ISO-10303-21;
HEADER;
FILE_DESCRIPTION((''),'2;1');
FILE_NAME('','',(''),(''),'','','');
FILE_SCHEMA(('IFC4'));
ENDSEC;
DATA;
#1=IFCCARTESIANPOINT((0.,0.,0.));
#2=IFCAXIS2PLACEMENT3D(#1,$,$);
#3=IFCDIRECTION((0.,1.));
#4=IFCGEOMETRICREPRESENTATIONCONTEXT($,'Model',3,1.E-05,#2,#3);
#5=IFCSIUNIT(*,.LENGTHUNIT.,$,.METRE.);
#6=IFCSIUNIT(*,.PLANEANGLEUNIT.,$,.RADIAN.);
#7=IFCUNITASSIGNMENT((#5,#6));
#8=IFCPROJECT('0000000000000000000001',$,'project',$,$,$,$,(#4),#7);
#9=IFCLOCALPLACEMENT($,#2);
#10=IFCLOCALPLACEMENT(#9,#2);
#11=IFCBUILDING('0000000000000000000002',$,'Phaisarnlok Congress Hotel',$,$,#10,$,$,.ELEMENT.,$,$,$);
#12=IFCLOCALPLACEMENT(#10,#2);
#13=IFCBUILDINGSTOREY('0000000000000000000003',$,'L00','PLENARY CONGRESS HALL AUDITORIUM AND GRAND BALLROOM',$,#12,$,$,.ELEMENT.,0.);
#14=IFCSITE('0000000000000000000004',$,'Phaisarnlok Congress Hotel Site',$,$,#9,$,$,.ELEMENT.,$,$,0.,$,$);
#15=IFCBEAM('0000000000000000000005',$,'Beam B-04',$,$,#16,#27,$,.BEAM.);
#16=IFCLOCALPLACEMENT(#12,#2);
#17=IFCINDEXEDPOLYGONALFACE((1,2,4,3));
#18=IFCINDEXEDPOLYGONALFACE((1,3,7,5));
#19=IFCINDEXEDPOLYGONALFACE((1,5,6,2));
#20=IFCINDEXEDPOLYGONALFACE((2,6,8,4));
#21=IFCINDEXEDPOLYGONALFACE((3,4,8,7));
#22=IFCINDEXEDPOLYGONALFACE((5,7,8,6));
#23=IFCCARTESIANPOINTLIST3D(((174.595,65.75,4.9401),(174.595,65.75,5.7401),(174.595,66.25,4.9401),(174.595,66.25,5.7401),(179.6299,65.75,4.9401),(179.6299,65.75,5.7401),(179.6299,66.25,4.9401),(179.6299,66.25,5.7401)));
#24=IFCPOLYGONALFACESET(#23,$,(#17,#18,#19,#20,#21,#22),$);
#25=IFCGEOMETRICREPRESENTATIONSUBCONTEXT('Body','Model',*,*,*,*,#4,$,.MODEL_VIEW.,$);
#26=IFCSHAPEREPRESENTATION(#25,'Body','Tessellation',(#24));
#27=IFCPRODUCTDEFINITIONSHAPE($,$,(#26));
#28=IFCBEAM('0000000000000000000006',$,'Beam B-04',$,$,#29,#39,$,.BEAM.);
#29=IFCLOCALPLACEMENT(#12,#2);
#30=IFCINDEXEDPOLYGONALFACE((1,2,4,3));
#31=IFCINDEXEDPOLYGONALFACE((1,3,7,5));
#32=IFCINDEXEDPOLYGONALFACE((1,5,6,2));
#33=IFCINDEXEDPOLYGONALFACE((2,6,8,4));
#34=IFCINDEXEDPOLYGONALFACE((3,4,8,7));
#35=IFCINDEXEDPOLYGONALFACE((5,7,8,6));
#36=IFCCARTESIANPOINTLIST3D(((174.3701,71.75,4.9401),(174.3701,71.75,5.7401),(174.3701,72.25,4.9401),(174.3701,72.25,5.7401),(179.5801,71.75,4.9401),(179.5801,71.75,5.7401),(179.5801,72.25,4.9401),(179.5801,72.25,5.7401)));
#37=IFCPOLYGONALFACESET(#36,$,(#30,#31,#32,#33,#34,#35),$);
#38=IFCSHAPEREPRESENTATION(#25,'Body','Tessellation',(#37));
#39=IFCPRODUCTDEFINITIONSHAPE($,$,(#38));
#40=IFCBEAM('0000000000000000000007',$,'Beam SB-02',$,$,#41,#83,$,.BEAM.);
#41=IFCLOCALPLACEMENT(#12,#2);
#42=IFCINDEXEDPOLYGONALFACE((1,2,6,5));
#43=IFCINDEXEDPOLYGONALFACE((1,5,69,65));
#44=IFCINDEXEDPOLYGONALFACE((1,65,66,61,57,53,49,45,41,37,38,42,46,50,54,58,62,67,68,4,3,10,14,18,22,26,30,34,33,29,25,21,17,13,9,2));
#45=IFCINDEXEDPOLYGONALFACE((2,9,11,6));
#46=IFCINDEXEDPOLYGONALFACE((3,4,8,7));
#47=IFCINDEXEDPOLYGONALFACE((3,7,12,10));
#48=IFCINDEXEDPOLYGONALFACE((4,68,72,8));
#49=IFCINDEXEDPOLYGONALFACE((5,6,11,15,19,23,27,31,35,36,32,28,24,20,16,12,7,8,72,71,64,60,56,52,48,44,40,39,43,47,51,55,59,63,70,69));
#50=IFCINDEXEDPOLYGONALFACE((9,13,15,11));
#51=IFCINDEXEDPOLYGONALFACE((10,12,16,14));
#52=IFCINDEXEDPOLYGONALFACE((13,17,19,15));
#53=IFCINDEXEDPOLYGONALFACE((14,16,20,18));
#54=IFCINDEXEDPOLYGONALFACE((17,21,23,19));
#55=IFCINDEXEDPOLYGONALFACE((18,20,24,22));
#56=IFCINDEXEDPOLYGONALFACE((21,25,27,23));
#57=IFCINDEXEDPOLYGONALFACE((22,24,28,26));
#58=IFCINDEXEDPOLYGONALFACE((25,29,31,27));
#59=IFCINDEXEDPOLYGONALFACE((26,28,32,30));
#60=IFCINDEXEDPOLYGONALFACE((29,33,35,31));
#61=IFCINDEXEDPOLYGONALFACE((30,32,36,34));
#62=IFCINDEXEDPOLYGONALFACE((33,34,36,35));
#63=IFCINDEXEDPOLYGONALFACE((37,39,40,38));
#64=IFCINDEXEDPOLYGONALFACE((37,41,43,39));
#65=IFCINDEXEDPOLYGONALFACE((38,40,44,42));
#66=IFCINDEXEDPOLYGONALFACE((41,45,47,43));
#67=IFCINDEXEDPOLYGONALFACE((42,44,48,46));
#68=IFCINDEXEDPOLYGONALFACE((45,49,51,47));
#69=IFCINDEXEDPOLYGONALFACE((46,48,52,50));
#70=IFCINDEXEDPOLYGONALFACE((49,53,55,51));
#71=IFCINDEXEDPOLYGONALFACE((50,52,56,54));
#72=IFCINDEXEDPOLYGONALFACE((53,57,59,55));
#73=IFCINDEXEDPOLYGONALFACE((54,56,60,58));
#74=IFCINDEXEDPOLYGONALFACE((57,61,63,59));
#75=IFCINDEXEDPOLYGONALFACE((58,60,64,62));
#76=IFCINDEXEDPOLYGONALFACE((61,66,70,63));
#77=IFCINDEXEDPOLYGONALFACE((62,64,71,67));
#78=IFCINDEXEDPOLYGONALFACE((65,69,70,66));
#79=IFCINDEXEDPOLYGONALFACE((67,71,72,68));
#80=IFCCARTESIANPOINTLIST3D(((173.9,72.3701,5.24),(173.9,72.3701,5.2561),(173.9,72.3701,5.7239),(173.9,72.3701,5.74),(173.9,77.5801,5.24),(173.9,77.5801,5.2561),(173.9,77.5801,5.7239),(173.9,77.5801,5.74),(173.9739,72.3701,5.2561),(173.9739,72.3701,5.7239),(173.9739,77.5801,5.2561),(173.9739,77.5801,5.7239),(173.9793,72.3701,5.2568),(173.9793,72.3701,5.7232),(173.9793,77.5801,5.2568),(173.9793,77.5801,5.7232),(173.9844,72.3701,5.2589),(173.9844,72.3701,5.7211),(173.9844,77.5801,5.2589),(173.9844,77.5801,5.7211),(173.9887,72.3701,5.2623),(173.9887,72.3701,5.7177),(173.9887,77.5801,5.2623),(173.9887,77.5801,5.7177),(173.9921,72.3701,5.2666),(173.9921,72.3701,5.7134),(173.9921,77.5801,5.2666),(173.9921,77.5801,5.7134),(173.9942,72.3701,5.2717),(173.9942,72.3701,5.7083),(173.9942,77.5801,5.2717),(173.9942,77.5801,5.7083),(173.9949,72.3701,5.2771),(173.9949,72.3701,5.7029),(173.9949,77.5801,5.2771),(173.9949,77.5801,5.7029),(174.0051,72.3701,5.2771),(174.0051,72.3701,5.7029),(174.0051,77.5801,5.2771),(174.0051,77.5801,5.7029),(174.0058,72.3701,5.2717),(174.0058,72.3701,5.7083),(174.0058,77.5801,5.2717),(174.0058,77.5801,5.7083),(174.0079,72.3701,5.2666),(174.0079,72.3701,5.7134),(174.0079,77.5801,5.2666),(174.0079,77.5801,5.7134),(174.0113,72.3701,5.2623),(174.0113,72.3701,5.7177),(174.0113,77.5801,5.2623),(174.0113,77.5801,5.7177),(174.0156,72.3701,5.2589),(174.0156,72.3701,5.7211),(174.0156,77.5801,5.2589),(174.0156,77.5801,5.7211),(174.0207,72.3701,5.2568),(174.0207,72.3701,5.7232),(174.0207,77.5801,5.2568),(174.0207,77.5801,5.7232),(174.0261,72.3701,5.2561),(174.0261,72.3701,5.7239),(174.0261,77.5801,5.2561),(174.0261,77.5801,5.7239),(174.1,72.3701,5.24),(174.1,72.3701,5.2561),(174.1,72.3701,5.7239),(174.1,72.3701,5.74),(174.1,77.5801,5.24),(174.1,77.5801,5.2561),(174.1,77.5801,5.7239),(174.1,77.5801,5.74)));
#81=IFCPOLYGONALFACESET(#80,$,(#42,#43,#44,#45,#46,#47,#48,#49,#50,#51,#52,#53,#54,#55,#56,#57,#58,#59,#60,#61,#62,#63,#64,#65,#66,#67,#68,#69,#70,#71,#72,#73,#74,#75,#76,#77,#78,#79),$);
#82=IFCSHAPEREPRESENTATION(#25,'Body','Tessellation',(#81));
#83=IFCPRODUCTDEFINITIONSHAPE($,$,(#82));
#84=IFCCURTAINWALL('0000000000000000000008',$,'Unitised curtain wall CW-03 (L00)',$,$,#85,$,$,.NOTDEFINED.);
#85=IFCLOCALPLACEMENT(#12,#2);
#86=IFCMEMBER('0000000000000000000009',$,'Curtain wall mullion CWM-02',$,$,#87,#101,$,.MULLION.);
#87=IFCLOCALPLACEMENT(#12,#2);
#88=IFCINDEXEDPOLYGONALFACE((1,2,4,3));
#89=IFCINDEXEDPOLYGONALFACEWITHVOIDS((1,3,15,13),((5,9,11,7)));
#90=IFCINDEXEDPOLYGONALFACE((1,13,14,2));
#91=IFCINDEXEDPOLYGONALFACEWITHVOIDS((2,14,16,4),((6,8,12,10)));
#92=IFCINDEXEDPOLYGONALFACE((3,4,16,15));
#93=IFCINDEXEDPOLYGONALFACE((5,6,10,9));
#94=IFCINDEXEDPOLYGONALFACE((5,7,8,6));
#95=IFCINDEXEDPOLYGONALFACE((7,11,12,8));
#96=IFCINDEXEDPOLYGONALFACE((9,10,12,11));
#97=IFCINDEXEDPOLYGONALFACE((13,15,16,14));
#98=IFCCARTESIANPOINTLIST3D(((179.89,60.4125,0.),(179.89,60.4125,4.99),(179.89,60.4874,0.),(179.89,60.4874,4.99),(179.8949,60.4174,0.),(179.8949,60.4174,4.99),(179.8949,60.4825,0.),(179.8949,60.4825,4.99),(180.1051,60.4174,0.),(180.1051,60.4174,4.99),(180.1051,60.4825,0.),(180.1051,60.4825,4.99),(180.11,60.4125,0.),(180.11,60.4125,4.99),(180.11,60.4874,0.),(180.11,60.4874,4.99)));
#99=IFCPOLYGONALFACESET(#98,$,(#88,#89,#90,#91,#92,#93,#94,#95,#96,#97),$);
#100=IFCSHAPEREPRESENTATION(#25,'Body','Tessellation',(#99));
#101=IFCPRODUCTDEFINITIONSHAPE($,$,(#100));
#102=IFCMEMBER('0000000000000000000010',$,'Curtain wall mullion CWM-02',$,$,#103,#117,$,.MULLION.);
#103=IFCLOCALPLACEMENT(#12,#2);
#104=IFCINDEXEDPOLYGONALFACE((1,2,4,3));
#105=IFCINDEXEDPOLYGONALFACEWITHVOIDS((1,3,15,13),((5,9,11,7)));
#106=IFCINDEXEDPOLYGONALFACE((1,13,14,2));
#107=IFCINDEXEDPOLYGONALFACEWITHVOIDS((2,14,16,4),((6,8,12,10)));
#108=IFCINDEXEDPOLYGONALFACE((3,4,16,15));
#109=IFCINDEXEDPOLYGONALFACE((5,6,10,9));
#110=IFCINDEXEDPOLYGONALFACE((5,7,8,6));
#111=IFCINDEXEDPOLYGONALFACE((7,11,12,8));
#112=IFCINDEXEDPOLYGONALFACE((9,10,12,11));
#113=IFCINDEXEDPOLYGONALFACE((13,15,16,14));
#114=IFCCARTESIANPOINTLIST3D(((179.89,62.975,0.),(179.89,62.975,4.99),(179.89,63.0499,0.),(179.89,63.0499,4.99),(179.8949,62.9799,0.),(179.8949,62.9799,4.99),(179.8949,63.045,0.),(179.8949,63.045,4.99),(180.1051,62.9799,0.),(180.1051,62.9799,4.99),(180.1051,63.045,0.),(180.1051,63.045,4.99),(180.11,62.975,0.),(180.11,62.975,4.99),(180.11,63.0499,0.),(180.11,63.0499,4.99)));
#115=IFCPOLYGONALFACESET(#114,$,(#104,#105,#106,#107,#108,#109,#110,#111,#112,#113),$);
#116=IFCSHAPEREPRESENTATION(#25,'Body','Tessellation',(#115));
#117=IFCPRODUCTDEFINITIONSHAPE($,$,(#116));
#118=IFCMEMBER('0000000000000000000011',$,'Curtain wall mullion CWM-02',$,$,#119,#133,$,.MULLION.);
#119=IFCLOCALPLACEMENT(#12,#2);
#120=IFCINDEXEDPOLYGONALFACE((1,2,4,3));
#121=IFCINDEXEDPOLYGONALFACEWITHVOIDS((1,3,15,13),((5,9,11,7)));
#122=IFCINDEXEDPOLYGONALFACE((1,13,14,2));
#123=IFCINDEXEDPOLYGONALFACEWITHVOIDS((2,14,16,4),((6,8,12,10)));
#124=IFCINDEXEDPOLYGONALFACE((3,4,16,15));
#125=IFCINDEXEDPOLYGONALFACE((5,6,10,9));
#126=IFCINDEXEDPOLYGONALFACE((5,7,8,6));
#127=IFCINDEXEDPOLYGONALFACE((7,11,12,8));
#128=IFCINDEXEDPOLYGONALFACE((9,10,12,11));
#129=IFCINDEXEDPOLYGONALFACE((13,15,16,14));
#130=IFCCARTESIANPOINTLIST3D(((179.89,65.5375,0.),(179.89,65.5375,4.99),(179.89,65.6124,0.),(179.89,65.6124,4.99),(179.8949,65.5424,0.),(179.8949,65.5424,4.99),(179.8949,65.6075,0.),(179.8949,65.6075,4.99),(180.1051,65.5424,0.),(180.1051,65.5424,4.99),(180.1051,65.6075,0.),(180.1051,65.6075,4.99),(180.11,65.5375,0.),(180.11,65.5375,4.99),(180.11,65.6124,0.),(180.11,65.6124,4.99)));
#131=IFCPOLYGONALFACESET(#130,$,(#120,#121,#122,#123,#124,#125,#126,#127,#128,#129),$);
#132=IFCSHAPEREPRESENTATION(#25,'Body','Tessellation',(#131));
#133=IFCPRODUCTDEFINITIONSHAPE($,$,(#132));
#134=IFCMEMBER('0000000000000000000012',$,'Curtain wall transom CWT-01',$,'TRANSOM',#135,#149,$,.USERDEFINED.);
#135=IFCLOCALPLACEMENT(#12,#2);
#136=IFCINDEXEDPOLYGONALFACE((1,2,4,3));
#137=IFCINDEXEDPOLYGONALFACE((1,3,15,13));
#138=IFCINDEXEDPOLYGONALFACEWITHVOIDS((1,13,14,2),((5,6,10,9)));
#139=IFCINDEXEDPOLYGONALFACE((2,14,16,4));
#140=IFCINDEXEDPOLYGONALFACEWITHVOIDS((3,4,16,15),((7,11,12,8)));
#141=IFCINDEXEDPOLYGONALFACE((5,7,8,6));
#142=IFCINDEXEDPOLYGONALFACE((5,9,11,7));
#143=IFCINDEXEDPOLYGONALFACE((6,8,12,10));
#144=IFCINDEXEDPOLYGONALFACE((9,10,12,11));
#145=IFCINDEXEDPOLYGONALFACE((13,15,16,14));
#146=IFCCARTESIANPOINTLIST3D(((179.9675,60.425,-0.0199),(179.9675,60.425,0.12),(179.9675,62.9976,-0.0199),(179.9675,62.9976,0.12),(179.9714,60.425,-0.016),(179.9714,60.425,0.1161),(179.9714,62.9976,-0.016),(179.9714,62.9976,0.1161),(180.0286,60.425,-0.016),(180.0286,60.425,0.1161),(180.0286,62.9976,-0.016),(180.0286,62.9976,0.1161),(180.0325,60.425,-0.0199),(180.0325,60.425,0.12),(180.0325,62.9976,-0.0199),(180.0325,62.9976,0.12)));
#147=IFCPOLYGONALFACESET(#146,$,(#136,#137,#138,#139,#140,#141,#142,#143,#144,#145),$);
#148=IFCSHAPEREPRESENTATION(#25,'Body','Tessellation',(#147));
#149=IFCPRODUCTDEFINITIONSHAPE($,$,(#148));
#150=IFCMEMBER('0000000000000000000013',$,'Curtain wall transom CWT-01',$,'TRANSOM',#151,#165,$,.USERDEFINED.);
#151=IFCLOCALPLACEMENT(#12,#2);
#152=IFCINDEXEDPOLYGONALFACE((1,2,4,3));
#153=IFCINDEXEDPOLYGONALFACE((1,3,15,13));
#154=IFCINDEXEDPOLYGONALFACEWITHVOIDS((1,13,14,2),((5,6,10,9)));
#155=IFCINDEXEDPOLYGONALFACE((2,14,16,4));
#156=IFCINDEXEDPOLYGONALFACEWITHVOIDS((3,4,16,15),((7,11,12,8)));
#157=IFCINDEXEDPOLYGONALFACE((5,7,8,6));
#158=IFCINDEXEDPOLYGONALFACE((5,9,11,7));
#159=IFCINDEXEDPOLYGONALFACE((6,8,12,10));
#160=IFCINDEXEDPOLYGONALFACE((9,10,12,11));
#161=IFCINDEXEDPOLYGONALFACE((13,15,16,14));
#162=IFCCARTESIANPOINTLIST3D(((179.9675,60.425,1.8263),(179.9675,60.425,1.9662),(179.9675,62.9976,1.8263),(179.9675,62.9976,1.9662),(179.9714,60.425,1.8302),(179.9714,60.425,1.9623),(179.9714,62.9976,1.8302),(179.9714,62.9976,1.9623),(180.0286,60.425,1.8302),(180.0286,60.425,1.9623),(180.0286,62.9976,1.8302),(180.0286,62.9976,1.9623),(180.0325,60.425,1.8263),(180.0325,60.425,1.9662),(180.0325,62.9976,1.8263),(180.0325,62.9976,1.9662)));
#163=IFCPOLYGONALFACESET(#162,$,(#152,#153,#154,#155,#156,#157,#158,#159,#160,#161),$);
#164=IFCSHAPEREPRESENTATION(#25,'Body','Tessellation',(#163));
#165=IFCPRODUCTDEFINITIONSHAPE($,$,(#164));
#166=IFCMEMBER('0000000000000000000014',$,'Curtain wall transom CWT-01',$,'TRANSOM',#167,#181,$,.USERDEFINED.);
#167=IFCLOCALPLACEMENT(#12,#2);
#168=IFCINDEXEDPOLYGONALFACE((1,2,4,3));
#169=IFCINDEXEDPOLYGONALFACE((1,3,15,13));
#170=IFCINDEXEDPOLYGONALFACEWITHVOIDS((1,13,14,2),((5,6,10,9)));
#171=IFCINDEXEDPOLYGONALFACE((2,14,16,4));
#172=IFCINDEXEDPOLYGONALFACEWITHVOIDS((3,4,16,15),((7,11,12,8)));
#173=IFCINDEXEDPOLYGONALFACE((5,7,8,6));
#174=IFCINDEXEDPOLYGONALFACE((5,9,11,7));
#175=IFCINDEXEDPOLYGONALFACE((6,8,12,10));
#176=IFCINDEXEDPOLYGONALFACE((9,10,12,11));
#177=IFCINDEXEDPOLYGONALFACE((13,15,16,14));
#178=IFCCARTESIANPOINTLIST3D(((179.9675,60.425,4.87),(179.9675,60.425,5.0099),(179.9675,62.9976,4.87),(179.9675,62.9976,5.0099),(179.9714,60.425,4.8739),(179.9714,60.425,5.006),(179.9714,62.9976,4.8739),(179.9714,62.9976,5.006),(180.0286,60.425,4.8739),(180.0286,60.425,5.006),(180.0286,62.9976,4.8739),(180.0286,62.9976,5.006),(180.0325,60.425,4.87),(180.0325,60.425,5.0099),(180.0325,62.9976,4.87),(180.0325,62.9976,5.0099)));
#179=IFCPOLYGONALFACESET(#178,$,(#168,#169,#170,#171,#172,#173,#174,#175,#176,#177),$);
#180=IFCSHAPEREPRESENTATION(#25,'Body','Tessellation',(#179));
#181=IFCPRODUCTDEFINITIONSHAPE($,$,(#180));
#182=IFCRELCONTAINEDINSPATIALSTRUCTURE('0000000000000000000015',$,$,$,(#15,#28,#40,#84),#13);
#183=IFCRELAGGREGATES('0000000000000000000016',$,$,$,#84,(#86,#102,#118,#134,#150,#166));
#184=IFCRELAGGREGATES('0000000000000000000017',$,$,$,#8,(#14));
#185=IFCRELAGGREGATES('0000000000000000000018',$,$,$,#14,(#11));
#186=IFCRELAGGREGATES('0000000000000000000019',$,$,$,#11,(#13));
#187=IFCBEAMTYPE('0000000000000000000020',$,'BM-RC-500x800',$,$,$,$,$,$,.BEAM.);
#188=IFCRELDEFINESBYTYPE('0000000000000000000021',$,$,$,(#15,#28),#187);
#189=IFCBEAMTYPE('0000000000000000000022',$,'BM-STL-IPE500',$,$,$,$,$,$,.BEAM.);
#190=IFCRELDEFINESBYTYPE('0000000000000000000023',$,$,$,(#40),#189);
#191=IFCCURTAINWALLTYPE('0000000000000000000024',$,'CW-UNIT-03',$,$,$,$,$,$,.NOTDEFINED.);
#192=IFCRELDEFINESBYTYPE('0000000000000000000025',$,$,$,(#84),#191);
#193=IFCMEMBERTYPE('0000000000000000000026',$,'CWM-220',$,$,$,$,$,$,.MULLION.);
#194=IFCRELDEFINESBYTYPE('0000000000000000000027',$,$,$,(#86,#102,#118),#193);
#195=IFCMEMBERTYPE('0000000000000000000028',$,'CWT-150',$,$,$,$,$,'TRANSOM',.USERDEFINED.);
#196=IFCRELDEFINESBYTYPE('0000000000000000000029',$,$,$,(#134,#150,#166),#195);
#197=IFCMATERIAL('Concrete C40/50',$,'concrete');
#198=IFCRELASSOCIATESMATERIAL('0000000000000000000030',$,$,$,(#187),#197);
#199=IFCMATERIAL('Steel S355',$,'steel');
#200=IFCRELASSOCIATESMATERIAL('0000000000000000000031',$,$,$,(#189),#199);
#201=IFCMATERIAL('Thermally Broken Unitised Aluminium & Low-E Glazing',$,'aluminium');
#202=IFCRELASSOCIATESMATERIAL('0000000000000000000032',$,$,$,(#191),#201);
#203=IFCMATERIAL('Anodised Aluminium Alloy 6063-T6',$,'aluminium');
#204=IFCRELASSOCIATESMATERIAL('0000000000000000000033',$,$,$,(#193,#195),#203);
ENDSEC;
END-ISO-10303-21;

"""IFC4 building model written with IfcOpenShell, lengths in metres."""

from ifc_helpers import new_model, si_unit, direction, frame, origin, origin_2d, place, context, subcontext, project, spatial, rectangle, hollow_rectangle, i_section, extrude, material, material_profile, profile_set, type_object, element, aggregate, save


model = new_model("IFC4")

# Units and contexts
model_context = context("Model", 3, precision=1e-05, world=origin(), true_north=direction((0.0, 1.0)))
body_context = subcontext(model_context, "Body", "Model", "MODEL_VIEW")
ifc_project = project(units=[si_unit("LENGTHUNIT", "METRE"), si_unit("PLANEANGLEUNIT", "RADIAN")], contexts=[model_context])

# Site, building, storey
site_placement = place(None, origin())
site = spatial("IfcSite", under=ifc_project, at=site_placement, Name="Phaisarnlok Congress Hotel Site", CompositionType="ELEMENT", RefElevation=0.0)
building_placement = place(site_placement, origin())
building = spatial("IfcBuilding", under=site, at=building_placement, Name="Phaisarnlok Congress Hotel", CompositionType="ELEMENT")
storey_placement = place(building_placement, origin())
storey = spatial("IfcBuildingStorey", under=building, at=storey_placement, Name="L00", Description="PLENARY CONGRESS HALL AUDITORIUM AND GRAND BALLROOM", CompositionType="ELEMENT", Elevation=0.0)

# Shared definitions
ifc_material_1 = material(Name="Steel S355", Category="steel")

# Beams
ifc_material_2 = material(Name="Concrete C40/50", Category="concrete")
ifc_material_profile_1 = material_profile(ifc_material_2, rectangle(XDim=0.5, YDim=0.8, at=origin_2d()), Name="RC 500x800")
ifc_profile_set_1 = profile_set([ifc_material_profile_1], Name="Concrete C40/50")
beam_type_1 = type_object("IfcBeamType", Name="BM-RC-500x800", PredefinedType="BEAM", material=ifc_profile_set_1)
beam_1_placement = place(storey_placement, frame((174.595, 66.0, 5.3401), z_axis=(1.0, 0.0, 0.0), x_axis=(0.0, 1.0, 0.0)))
element("IfcBeam", 1, at=beam_1_placement, inside=storey, type_object=beam_type_1, Name="Beam B-04", PredefinedType="BEAM", context=body_context, shape_type="SweptSolid", body=[
    extrude(rectangle(XDim=0.5, YDim=0.8, at=origin_2d()), origin(), (0.0, 0.0, 1.0), 5.0349),
])
beam_2_placement = place(storey_placement, frame((174.3701, 72.0, 5.3401), z_axis=(1.0, 0.0, 0.0), x_axis=(0.0, 1.0, 0.0)))
element("IfcBeam", 2, at=beam_2_placement, inside=storey, type_object=beam_type_1, Name="Beam B-04", PredefinedType="BEAM", context=body_context, shape_type="SweptSolid", body=[
    extrude(rectangle(XDim=0.5, YDim=0.8, at=origin_2d()), origin(), (0.0, 0.0, 1.0), 5.21),
])
ifc_material_profile_2 = material_profile(ifc_material_1, i_section(OverallWidth=0.2, OverallDepth=0.5, WebThickness=0.0103, FlangeThickness=0.0161, FilletRadius=0.021, at=origin_2d()), Name="IPE 500")
ifc_profile_set_2 = profile_set([ifc_material_profile_2], Name="Steel S355")
beam_type_2 = type_object("IfcBeamType", Name="BM-STL-IPE500", PredefinedType="BEAM", material=ifc_profile_set_2)
beam_3_placement = place(storey_placement, frame((174.0, 72.3701, 5.49), z_axis=(0.0, 1.0, 0.0), x_axis=(-1.0, 0.0, 0.0)))
element("IfcBeam", 3, at=beam_3_placement, inside=storey, type_object=beam_type_2, Name="Beam SB-02", PredefinedType="BEAM", context=body_context, shape_type="SweptSolid", body=[
    extrude(i_section(OverallWidth=0.2, OverallDepth=0.5, WebThickness=0.0103, FlangeThickness=0.0161, FilletRadius=0.021, at=origin_2d()), origin(), (0.0, 0.0, 1.0), 5.21),
])

# Curtain wall, members
ifc_material_3 = material(Name="Thermally Broken Unitised Aluminium & Low-E Glazing", Category="aluminium")
curtain_wall_type = type_object("IfcCurtainWallType", Name="CW-UNIT-03", PredefinedType="NOTDEFINED", material=ifc_material_3)
curtain_wall_placement = place(storey_placement, origin())
curtain_wall = element("IfcCurtainWall", 4, at=curtain_wall_placement, inside=storey, type_object=curtain_wall_type, Name="Unitised curtain wall CW-03 (L00)", PredefinedType="NOTDEFINED")
ifc_material_4 = material(Name="Anodised Aluminium Alloy 6063-T6", Category="aluminium")
ifc_material_profile_3 = material_profile(ifc_material_4, hollow_rectangle(XDim=0.075, YDim=0.22, WallThickness=0.0049, at=origin_2d()), Name="ALU-M 75x220x5")
ifc_profile_set_3 = profile_set([ifc_material_profile_3], Name="Anodised Aluminium Alloy 6063-T6")
member_type_1 = type_object("IfcMemberType", Name="CWM-220", PredefinedType="MULLION", material=ifc_profile_set_3)
member_1_placement = place(storey_placement, frame((180.0, 60.45, 0.0), z_axis=(0.0, 0.0, 1.0), x_axis=(0.0, 1.0, 0.0)))
member_1 = element("IfcMember", 5, at=member_1_placement, type_object=member_type_1, Name="Curtain wall mullion CWM-02", PredefinedType="MULLION", context=body_context, shape_type="SweptSolid", body=[
    extrude(hollow_rectangle(XDim=0.075, YDim=0.22, WallThickness=0.0049, at=origin_2d()), origin(), (0.0, 0.0, 1.0), 4.99),
])
member_2_placement = place(storey_placement, frame((180.0, 63.0125, 0.0), z_axis=(0.0, 0.0, 1.0), x_axis=(0.0, 1.0, 0.0)))
member_2 = element("IfcMember", 6, at=member_2_placement, type_object=member_type_1, Name="Curtain wall mullion CWM-02", PredefinedType="MULLION", context=body_context, shape_type="SweptSolid", body=[
    extrude(hollow_rectangle(XDim=0.075, YDim=0.22, WallThickness=0.0049, at=origin_2d()), origin(), (0.0, 0.0, 1.0), 4.99),
])
member_3_placement = place(storey_placement, frame((180.0, 65.575, 0.0), z_axis=(0.0, 0.0, 1.0), x_axis=(0.0, 1.0, 0.0)))
member_3 = element("IfcMember", 7, at=member_3_placement, type_object=member_type_1, Name="Curtain wall mullion CWM-02", PredefinedType="MULLION", context=body_context, shape_type="SweptSolid", body=[
    extrude(hollow_rectangle(XDim=0.075, YDim=0.22, WallThickness=0.0049, at=origin_2d()), origin(), (0.0, 0.0, 1.0), 4.99),
])
ifc_material_profile_4 = material_profile(ifc_material_4, hollow_rectangle(XDim=0.0649, YDim=0.1399, WallThickness=0.0039, at=origin_2d()), Name="ALU-T 65x140x4")
ifc_profile_set_4 = profile_set([ifc_material_profile_4], Name="Anodised Aluminium Alloy 6063-T6")
member_type_2 = type_object("IfcMemberType", Name="CWT-150", ElementType="TRANSOM", PredefinedType="USERDEFINED", material=ifc_profile_set_4)
member_4_placement = place(storey_placement, frame((180.0, 60.425, 0.05), z_axis=(0.0, 1.0, 0.0), x_axis=(-1.0, 0.0, 0.0)))
member_4 = element("IfcMember", 8, at=member_4_placement, type_object=member_type_2, Name="Curtain wall transom CWT-01", ObjectType="TRANSOM", PredefinedType="USERDEFINED", context=body_context, shape_type="SweptSolid", body=[
    extrude(hollow_rectangle(XDim=0.0649, YDim=0.1399, WallThickness=0.0039, at=origin_2d()), origin(), (0.0, 0.0, 1.0), 2.5725),
])
member_5_placement = place(storey_placement, frame((180.0, 60.425, 1.8962), z_axis=(0.0, 1.0, 0.0), x_axis=(-1.0, 0.0, 0.0)))
member_5 = element("IfcMember", 9, at=member_5_placement, type_object=member_type_2, Name="Curtain wall transom CWT-01", ObjectType="TRANSOM", PredefinedType="USERDEFINED", context=body_context, shape_type="SweptSolid", body=[
    extrude(hollow_rectangle(XDim=0.0649, YDim=0.1399, WallThickness=0.0039, at=origin_2d()), origin(), (0.0, 0.0, 1.0), 2.5725),
])
member_6_placement = place(storey_placement, frame((180.0, 60.425, 4.9399), z_axis=(0.0, 1.0, 0.0), x_axis=(-1.0, 0.0, 0.0)))
member_6 = element("IfcMember", 10, at=member_6_placement, type_object=member_type_2, Name="Curtain wall transom CWT-01", ObjectType="TRANSOM", PredefinedType="USERDEFINED", context=body_context, shape_type="SweptSolid", body=[
    extrude(hollow_rectangle(XDim=0.0649, YDim=0.1399, WallThickness=0.0039, at=origin_2d()), origin(), (0.0, 0.0, 1.0), 2.5725),
])

aggregate(curtain_wall, [member_1, member_2, member_3, member_4, member_5, member_6])

save(model, "model.ifc")
